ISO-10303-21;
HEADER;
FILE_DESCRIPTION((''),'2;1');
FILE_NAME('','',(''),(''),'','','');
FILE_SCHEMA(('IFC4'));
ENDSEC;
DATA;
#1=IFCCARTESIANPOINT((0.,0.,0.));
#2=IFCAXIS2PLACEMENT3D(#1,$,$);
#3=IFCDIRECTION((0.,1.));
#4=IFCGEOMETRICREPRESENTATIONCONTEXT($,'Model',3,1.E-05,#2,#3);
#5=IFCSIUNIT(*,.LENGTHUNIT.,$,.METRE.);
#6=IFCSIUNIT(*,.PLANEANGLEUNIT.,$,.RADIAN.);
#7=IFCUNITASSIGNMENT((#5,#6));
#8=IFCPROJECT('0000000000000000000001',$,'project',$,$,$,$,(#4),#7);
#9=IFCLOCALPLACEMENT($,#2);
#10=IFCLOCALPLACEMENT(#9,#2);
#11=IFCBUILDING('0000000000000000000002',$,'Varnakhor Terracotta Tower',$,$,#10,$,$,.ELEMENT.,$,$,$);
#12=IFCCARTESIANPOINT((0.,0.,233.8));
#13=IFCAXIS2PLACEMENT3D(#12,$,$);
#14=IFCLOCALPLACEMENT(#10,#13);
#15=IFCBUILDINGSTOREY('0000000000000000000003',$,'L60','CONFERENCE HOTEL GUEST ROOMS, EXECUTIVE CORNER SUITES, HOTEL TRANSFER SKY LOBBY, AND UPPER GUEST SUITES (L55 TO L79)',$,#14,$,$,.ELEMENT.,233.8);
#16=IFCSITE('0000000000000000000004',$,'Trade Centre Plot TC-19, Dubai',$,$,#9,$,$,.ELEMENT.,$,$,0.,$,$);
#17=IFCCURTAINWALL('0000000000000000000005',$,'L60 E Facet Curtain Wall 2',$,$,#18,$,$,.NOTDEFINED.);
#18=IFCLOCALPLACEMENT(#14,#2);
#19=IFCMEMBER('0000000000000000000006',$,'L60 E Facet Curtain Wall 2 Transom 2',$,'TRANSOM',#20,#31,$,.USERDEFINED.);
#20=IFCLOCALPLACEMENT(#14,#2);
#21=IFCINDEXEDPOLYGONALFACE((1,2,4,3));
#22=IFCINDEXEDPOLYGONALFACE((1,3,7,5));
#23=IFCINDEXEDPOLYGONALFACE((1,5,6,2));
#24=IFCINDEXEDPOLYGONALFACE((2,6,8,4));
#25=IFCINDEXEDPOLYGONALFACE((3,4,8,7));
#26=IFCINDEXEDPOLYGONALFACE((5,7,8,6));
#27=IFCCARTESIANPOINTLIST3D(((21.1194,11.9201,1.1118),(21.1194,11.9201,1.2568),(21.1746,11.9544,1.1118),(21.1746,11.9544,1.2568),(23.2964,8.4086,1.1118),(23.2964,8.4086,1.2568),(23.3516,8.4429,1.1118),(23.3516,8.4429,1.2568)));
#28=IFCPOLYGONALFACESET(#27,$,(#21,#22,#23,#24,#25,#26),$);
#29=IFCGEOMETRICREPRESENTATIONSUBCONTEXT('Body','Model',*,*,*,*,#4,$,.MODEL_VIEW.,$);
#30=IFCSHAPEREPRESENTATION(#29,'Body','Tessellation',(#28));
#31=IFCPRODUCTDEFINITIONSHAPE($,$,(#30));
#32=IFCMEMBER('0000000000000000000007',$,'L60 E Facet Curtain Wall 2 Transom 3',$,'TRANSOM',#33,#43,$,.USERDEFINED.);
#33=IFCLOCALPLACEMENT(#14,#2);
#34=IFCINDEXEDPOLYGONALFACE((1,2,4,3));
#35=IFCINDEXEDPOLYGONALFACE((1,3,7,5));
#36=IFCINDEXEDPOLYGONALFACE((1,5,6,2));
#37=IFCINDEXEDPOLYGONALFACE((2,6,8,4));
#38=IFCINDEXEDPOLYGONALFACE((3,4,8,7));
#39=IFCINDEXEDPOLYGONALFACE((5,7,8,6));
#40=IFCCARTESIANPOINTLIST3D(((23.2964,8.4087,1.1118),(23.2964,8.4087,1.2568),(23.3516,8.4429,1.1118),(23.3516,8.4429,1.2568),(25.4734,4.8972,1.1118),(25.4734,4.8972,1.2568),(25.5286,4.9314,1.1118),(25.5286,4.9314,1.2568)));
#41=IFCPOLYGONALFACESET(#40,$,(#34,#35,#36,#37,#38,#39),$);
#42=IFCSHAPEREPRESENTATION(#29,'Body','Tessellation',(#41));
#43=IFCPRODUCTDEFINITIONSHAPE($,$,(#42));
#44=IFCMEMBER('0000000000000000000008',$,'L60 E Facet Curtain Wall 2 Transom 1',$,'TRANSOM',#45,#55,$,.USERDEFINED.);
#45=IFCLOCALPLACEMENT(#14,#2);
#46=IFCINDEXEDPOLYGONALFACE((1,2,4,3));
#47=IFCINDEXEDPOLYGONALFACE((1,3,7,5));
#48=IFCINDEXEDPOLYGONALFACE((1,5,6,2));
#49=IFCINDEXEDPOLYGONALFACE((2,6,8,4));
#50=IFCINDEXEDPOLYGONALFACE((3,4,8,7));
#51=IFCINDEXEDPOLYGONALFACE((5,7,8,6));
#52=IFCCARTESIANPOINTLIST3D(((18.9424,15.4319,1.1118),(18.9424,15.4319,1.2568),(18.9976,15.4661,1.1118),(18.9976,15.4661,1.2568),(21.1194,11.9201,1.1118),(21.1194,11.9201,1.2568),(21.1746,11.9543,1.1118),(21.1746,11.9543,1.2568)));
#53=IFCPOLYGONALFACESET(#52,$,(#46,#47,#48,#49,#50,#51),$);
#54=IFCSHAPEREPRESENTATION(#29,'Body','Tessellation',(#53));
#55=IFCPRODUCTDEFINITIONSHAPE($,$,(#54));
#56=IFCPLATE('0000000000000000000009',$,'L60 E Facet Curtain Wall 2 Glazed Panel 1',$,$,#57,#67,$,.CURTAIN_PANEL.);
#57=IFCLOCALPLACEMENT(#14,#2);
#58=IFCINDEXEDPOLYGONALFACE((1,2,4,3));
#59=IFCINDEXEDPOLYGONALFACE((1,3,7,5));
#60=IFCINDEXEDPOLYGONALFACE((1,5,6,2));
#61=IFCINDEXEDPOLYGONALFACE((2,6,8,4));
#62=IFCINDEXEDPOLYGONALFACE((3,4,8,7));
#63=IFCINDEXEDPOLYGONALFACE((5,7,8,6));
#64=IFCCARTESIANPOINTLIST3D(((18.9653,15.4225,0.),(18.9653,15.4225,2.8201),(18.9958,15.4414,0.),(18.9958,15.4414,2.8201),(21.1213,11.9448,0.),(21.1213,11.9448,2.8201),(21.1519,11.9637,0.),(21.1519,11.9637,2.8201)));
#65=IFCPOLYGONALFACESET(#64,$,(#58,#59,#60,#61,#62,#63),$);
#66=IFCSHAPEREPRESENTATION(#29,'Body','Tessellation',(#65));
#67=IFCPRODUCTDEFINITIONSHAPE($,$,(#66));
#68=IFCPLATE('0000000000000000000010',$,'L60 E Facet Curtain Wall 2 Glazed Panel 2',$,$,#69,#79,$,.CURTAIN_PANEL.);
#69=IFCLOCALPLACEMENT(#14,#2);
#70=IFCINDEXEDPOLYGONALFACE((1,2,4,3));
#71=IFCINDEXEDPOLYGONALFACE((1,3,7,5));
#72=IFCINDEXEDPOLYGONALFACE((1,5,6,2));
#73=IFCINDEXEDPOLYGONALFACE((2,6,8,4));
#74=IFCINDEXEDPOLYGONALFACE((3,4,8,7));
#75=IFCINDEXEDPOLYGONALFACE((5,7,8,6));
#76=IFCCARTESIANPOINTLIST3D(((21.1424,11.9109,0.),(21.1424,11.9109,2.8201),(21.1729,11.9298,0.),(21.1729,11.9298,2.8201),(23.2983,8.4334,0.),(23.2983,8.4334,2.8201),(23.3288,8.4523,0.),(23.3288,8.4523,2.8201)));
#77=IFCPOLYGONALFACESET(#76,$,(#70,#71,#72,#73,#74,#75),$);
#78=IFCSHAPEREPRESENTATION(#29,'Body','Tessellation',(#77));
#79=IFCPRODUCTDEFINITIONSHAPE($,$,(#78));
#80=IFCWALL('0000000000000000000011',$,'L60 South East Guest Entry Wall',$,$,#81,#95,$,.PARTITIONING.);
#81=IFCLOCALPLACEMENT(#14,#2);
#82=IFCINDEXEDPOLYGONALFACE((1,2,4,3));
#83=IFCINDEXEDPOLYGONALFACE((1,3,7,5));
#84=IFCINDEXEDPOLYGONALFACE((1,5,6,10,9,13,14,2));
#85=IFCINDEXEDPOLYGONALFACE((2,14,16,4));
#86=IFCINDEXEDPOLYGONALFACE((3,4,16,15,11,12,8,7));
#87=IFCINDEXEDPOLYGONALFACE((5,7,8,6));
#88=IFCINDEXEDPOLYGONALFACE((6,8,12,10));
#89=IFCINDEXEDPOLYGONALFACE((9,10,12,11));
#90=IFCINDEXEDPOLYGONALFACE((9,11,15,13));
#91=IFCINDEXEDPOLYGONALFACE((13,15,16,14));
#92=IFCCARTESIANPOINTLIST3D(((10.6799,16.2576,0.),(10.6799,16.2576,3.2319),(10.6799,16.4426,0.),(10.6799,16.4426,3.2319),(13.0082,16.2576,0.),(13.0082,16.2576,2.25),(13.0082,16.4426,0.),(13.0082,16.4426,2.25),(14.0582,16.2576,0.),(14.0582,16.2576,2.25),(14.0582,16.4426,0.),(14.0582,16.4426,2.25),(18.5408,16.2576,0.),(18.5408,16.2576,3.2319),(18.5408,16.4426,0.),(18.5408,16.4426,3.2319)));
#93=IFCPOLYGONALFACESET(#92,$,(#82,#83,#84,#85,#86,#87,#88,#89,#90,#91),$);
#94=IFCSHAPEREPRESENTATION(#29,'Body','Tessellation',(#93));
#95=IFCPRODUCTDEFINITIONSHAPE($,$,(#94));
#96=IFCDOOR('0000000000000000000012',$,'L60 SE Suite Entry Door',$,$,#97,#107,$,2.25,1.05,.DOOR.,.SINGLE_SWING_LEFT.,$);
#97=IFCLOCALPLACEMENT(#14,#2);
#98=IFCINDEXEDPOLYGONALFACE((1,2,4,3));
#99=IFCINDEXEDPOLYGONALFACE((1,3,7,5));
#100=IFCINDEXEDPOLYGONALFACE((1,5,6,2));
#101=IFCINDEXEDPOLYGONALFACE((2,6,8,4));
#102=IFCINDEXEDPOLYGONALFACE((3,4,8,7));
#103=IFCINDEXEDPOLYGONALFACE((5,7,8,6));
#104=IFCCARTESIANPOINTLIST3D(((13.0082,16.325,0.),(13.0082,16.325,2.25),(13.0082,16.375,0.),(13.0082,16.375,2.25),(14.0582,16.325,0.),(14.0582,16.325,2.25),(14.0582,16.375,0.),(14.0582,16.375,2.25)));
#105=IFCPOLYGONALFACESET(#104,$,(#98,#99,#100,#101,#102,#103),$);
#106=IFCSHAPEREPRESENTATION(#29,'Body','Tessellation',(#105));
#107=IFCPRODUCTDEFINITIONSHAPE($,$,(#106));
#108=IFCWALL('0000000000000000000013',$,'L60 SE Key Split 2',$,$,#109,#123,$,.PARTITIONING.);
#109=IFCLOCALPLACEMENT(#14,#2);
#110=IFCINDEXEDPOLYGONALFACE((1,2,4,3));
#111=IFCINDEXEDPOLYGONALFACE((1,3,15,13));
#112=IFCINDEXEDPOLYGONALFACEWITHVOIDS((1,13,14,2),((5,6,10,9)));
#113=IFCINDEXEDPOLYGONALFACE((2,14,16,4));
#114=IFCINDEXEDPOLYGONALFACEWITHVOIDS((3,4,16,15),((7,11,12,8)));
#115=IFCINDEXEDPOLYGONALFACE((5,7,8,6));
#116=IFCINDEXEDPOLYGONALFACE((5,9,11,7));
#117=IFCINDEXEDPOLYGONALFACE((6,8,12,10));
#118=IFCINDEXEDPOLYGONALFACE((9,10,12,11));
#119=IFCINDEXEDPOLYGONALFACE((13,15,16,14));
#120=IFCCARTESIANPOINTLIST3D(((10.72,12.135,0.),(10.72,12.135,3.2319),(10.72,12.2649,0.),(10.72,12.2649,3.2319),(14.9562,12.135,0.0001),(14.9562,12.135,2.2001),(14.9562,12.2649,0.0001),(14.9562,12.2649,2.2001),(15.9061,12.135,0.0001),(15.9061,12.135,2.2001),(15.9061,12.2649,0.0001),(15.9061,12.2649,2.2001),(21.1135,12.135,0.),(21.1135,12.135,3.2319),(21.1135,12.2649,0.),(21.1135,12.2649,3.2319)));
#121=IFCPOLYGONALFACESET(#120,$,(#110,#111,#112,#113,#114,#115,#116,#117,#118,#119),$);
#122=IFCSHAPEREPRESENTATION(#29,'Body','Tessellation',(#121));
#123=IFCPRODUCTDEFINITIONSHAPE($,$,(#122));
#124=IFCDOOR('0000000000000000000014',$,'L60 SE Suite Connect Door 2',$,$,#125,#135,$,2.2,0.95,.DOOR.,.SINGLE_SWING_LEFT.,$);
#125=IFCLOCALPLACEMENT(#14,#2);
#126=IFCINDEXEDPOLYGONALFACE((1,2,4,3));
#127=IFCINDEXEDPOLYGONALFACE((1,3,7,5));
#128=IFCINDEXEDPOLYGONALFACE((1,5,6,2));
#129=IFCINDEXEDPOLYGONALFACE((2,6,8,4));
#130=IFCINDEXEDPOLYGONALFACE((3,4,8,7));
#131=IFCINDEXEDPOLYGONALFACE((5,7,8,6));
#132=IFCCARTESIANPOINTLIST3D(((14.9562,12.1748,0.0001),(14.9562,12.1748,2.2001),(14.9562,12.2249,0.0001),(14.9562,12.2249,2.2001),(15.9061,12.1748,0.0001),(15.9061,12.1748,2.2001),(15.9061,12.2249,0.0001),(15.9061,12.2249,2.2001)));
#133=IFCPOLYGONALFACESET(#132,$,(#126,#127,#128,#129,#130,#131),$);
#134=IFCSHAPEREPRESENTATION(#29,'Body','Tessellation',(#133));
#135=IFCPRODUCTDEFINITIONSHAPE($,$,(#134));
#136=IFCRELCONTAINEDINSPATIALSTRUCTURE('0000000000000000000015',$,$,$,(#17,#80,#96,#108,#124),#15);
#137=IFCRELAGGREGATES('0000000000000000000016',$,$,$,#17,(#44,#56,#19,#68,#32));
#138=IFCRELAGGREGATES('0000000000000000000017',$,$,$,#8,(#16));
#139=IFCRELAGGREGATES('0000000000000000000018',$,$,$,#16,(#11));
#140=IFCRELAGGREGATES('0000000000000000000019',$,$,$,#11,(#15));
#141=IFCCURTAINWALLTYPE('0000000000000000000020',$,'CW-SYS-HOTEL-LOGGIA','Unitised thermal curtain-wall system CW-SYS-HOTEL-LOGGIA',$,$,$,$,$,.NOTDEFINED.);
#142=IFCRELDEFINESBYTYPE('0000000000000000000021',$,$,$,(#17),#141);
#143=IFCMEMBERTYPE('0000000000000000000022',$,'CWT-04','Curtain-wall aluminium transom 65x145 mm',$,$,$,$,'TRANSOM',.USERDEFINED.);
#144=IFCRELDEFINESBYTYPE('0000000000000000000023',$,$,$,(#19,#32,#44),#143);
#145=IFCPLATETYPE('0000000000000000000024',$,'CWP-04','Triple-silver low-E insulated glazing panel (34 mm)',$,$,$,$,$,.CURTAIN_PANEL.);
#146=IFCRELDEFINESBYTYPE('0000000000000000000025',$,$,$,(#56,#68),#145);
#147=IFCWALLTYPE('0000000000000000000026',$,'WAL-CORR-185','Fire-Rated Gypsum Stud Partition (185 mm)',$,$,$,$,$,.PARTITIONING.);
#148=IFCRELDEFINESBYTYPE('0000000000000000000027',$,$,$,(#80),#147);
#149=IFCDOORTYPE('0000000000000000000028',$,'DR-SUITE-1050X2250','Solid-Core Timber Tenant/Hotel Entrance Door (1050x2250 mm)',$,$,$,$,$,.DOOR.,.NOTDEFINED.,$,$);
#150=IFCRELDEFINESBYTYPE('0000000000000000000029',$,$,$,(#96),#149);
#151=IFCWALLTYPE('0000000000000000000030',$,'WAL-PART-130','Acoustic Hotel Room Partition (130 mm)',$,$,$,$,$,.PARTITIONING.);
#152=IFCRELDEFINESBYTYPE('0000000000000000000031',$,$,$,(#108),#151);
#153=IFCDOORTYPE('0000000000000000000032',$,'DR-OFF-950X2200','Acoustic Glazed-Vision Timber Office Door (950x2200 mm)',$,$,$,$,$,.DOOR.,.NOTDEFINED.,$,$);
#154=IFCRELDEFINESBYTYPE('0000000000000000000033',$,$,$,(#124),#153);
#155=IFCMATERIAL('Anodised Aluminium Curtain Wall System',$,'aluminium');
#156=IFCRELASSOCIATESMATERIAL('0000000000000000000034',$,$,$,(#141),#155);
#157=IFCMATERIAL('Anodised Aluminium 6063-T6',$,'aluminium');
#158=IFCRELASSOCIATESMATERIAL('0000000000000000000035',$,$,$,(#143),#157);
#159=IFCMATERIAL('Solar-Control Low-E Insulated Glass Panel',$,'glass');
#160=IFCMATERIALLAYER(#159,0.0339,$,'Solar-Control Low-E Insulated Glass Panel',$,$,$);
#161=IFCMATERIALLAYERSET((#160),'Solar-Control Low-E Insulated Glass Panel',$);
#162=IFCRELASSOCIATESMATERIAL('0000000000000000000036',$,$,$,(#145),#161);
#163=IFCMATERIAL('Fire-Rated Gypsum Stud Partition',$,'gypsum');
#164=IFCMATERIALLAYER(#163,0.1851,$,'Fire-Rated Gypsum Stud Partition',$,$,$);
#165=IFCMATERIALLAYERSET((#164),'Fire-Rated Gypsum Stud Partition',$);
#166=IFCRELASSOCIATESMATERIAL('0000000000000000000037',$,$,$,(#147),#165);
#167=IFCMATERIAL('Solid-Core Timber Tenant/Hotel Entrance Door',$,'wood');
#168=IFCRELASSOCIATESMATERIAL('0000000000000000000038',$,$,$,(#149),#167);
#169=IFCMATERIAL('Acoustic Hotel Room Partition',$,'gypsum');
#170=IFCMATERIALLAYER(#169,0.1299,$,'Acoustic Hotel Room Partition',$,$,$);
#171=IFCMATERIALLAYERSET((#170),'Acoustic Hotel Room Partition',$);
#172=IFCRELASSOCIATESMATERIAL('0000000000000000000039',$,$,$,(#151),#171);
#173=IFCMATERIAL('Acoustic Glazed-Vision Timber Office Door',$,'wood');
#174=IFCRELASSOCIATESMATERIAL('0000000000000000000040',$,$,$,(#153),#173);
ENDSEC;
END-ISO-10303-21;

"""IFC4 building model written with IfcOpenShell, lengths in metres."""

from ifc_helpers import new_model, si_unit, direction, frame, frame_2d, origin, origin_2d, place, context, subcontext, project, spatial, rectangle, extrude, source, transform, mapped, material, layer, layer_set, material_profile, profile_set, type_object, type_shapes, element, fill, aggregate, save


model = new_model("IFC4")

# Units and contexts
model_context = context("Model", 3, precision=1e-05, world=origin(), true_north=direction((0.0, 1.0)))
body_context = subcontext(model_context, "Body", "Model", "MODEL_VIEW")
ifc_project = project(units=[si_unit("LENGTHUNIT", "METRE"), si_unit("PLANEANGLEUNIT", "RADIAN")], contexts=[model_context])

# Site, building, storey
site_placement = place(None, origin())
site = spatial("IfcSite", under=ifc_project, at=site_placement, Name="Trade Centre Plot TC-19, Dubai", CompositionType="ELEMENT", RefElevation=0.0)
building_placement = place(site_placement, origin())
building = spatial("IfcBuilding", under=site, at=building_placement, Name="Varnakhor Terracotta Tower", CompositionType="ELEMENT")
storey_placement = place(building_placement, frame((0.0, 0.0, 233.8)))
storey = spatial("IfcBuildingStorey", under=building, at=storey_placement, Name="L60", Description="CONFERENCE HOTEL GUEST ROOMS, EXECUTIVE CORNER SUITES, HOTEL TRANSFER SKY LOBBY, AND UPPER GUEST SUITES (L55 TO L79)", CompositionType="ELEMENT", Elevation=233.8)

# Curtain wall, members, plates
ifc_material_1 = material(Name="Anodised Aluminium Curtain Wall System", Category="aluminium")
curtain_wall_type = type_object("IfcCurtainWallType", Name="CW-SYS-HOTEL-LOGGIA", Description="Unitised thermal curtain-wall system CW-SYS-HOTEL-LOGGIA", PredefinedType="NOTDEFINED", material=ifc_material_1)
curtain_wall_placement = place(storey_placement, origin())
curtain_wall = element("IfcCurtainWall", 1, at=curtain_wall_placement, inside=storey, type_object=curtain_wall_type, Name="L60 E Facet Curtain Wall 2", PredefinedType="NOTDEFINED")
ifc_material_2 = material(Name="Anodised Aluminium 6063-T6", Category="aluminium")
ifc_material_profile_1 = material_profile(ifc_material_2, rectangle(XDim=0.0649, YDim=0.145, at=origin_2d()), Name="ALU TRANSOM 65x145")
ifc_profile_set_1 = profile_set([ifc_material_profile_1], Name="Anodised Aluminium 6063-T6")
member_type_1 = type_object("IfcMemberType", Name="CWT-04", Description="Curtain-wall aluminium transom 65x145 mm", ElementType="TRANSOM", PredefinedType="USERDEFINED", material=ifc_profile_set_1)
shared_shape_1 = source(origin(), body_context, "Body", "SweptSolid", [
    extrude(rectangle(XDim=0.0649, YDim=0.145, at=origin_2d()), origin(), (0.0, 0.0, 1.0), 4.1316),
])
member_1_placement = place(storey_placement, frame((21.147, 11.9373, 1.1843), z_axis=(0.52692, -0.849915, 0.0), x_axis=(0.849915, 0.52692, 0.0)))
member_1 = element("IfcMember", 2, at=member_1_placement, type_object=member_type_1, Name="L60 E Facet Curtain Wall 2 Transom 2", ObjectType="TRANSOM", PredefinedType="USERDEFINED", context=body_context, shape_type="MappedRepresentation", body=[
    mapped(shared_shape_1, transform((0.0, 0.0, 0.0), scale=1.0)),
])
member_2_placement = place(storey_placement, frame((23.324, 8.4258, 1.1843), z_axis=(0.52692, -0.849915, 0.0), x_axis=(0.849915, 0.52692, 0.0)))
member_2 = element("IfcMember", 3, at=member_2_placement, type_object=member_type_1, Name="L60 E Facet Curtain Wall 2 Transom 3", ObjectType="TRANSOM", PredefinedType="USERDEFINED", context=body_context, shape_type="MappedRepresentation", body=[
    mapped(shared_shape_1, transform((0.0, 0.0, 0.0), scale=1.0)),
])
shared_shape_2 = source(origin(), body_context, "Body", "SweptSolid", [
    extrude(rectangle(XDim=0.0649, YDim=0.145, at=origin_2d()), origin(), (0.0, 0.0, 1.0), 4.1318),
])
member_3_placement = place(storey_placement, frame((18.97, 15.449, 1.1843), z_axis=(0.526894, -0.849931, 0.0), x_axis=(0.849931, 0.526894, 0.0)))
member_3 = element("IfcMember", 4, at=member_3_placement, type_object=member_type_1, Name="L60 E Facet Curtain Wall 2 Transom 1", ObjectType="TRANSOM", PredefinedType="USERDEFINED", context=body_context, shape_type="MappedRepresentation", body=[
    mapped(shared_shape_2, transform((0.0, 0.0, 0.0), scale=1.0)),
])
ifc_material_3 = material(Name="Solar-Control Low-E Insulated Glass Panel", Category="glass")
ifc_layer_1 = layer(ifc_material_3, 0.0339, Name="Solar-Control Low-E Insulated Glass Panel")
ifc_layer_set_1 = layer_set([ifc_layer_1], Name="Solar-Control Low-E Insulated Glass Panel")
plate_type = type_object("IfcPlateType", Name="CWP-04", Description="Triple-silver low-E insulated glazing panel (34 mm)", PredefinedType="CURTAIN_PANEL", material=ifc_layer_set_1)
shared_shape_3 = source(origin(), body_context, "Body", "SweptSolid", [
    extrude(rectangle(XDim=4.0918, YDim=0.0359, at=origin_2d()), origin(), (0.0, 0.0, 1.0), 2.8201),
])
plate_1_placement = place(storey_placement, frame((20.0586, 13.6931, 0.0), z_axis=(0.0, 0.0, 1.0), x_axis=(0.526911, -0.84992, 0.0)))
plate_1 = element("IfcPlate", 5, at=plate_1_placement, type_object=plate_type, Name="L60 E Facet Curtain Wall 2 Glazed Panel 1", PredefinedType="CURTAIN_PANEL", context=body_context, shape_type="MappedRepresentation", body=[
    mapped(shared_shape_3, transform((0.0, 0.0, 0.0), scale=1.0)),
])
shared_shape_4 = source(origin(), body_context, "Body", "SweptSolid", [
    extrude(rectangle(XDim=4.0916, YDim=0.0359, at=origin_2d()), origin(), (0.0, 0.0, 1.0), 2.8201),
])
plate_2_placement = place(storey_placement, frame((22.2356, 10.1816, 0.0), z_axis=(0.0, 0.0, 1.0), x_axis=(0.526911, -0.84992, 0.0)))
plate_2 = element("IfcPlate", 6, at=plate_2_placement, type_object=plate_type, Name="L60 E Facet Curtain Wall 2 Glazed Panel 2", PredefinedType="CURTAIN_PANEL", context=body_context, shape_type="MappedRepresentation", body=[
    mapped(shared_shape_4, transform((0.0, 0.0, 0.0), scale=1.0)),
])
aggregate(curtain_wall, [member_3, plate_1, member_1, plate_2, member_2])

# Walls, openings, doors
ifc_material_4 = material(Name="Fire-Rated Gypsum Stud Partition", Category="gypsum")
ifc_layer_2 = layer(ifc_material_4, 0.1851, Name="Fire-Rated Gypsum Stud Partition")
ifc_layer_set_2 = layer_set([ifc_layer_2], Name="Fire-Rated Gypsum Stud Partition")
wall_type_1 = type_object("IfcWallType", Name="WAL-CORR-185", Description="Fire-Rated Gypsum Stud Partition (185 mm)", PredefinedType="PARTITIONING", material=ifc_layer_set_2)
wall_1_placement = place(storey_placement, frame((10.6799, 16.3501, 0.0), z_axis=(0.0, 0.0, 1.0), x_axis=(1.0, 0.0, 0.0)))
wall_1 = element("IfcWall", 7, at=wall_1_placement, inside=storey, type_object=wall_type_1, Name="L60 South East Guest Entry Wall", PredefinedType="PARTITIONING", context=body_context, shape_type="SweptSolid", body=[
    extrude(rectangle(XDim=7.8608, YDim=0.1851, at=frame_2d((3.9304, 0.0))), origin(), (0.0, 0.0, 1.0), 3.2319),
])
opening_1_placement = place(wall_1_placement, frame((2.3284, 0.0, 0.0)))
opening_1 = element("IfcOpeningElement", 8, at=opening_1_placement, cuts=wall_1, PredefinedType="OPENING", context=body_context, shape_type="SweptSolid", body=[
    extrude(rectangle(XDim=1.05, YDim=2.25, at=frame_2d((0.5249, 1.125))), frame((0.0, 0.1025, 0.0), z_axis=(0.0, -1.0, 0.0), x_axis=(1.0, 0.0, 0.0)), (0.0, 0.0, 1.0), 0.2051),
])
ifc_material_5 = material(Name="Solid-Core Timber Tenant/Hotel Entrance Door", Category="wood")
door_type_1 = type_object("IfcDoorType", Name="DR-SUITE-1050X2250", Description="Solid-Core Timber Tenant/Hotel Entrance Door (1050x2250 mm)", OperationType="NOTDEFINED", PredefinedType="DOOR", material=ifc_material_5)
shared_shape_5 = source(origin(), body_context, "Body", "SweptSolid", [
    extrude(rectangle(XDim=1.05, YDim=2.25, at=frame_2d((0.5249, 1.125))), frame((0.0, 0.0249, 0.0), z_axis=(0.0, -1.0, 0.0), x_axis=(1.0, 0.0, 0.0)), (0.0, 0.0, 1.0), 0.05),
])
type_shapes(door_type_1, [shared_shape_5])
door_1_placement = place(opening_1_placement, origin())
door_1 = element("IfcDoor", 9, at=door_1_placement, inside=storey, type_object=door_type_1, Name="L60 SE Suite Entry Door", OperationType="SINGLE_SWING_LEFT", OverallHeight=2.25, OverallWidth=1.05, PredefinedType="DOOR", context=body_context, shape_type="MappedRepresentation", body=[
    mapped(shared_shape_5, transform((0.0, 0.0, 0.0), scale=1.0)),
])
fill(opening_1, door_1)
ifc_material_6 = material(Name="Acoustic Hotel Room Partition", Category="gypsum")
ifc_layer_3 = layer(ifc_material_6, 0.1299, Name="Acoustic Hotel Room Partition")
ifc_layer_set_3 = layer_set([ifc_layer_3], Name="Acoustic Hotel Room Partition")
wall_type_2 = type_object("IfcWallType", Name="WAL-PART-130", Description="Acoustic Hotel Room Partition (130 mm)", PredefinedType="PARTITIONING", material=ifc_layer_set_3)
wall_2_placement = place(storey_placement, frame((10.72, 12.2, 0.0), z_axis=(0.0, 0.0, 1.0), x_axis=(1.0, 0.0, 0.0)))
wall_2 = element("IfcWall", 10, at=wall_2_placement, inside=storey, type_object=wall_type_2, Name="L60 SE Key Split 2", PredefinedType="PARTITIONING", context=body_context, shape_type="SweptSolid", body=[
    extrude(rectangle(XDim=10.3936, YDim=0.1299, at=frame_2d((5.1968, 0.0))), origin(), (0.0, 0.0, 1.0), 3.2319),
])
opening_2_placement = place(wall_2_placement, frame((4.2361, 0.0, 0.0)))
opening_2 = element("IfcOpeningElement", 11, at=opening_2_placement, cuts=wall_2, PredefinedType="OPENING", context=body_context, shape_type="SweptSolid", body=[
    extrude(rectangle(XDim=0.95, YDim=2.2, at=frame_2d((0.4751, 1.1001))), frame((0.0, 0.075, 0.0), z_axis=(0.0, -1.0, 0.0), x_axis=(1.0, 0.0, 0.0)), (0.0, 0.0, 1.0), 0.1499),
])
ifc_material_7 = material(Name="Acoustic Glazed-Vision Timber Office Door", Category="wood")
door_type_2 = type_object("IfcDoorType", Name="DR-OFF-950X2200", Description="Acoustic Glazed-Vision Timber Office Door (950x2200 mm)", OperationType="NOTDEFINED", PredefinedType="DOOR", material=ifc_material_7)
shared_shape_6 = source(origin(), body_context, "Body", "SweptSolid", [
    extrude(rectangle(XDim=0.95, YDim=2.2, at=frame_2d((0.4751, 1.1001))), frame((0.0, 0.0249, 0.0), z_axis=(0.0, -1.0, 0.0), x_axis=(1.0, 0.0, 0.0)), (0.0, 0.0, 1.0), 0.05),
])
type_shapes(door_type_2, [shared_shape_6])
door_2_placement = place(opening_2_placement, origin())
door_2 = element("IfcDoor", 12, at=door_2_placement, inside=storey, type_object=door_type_2, Name="L60 SE Suite Connect Door 2", OperationType="SINGLE_SWING_LEFT", OverallHeight=2.2, OverallWidth=0.95, PredefinedType="DOOR", context=body_context, shape_type="MappedRepresentation", body=[
    mapped(shared_shape_6, transform((0.0, 0.0, 0.0), scale=1.0)),
])
fill(opening_2, door_2)

save(model, "model.ifc")
